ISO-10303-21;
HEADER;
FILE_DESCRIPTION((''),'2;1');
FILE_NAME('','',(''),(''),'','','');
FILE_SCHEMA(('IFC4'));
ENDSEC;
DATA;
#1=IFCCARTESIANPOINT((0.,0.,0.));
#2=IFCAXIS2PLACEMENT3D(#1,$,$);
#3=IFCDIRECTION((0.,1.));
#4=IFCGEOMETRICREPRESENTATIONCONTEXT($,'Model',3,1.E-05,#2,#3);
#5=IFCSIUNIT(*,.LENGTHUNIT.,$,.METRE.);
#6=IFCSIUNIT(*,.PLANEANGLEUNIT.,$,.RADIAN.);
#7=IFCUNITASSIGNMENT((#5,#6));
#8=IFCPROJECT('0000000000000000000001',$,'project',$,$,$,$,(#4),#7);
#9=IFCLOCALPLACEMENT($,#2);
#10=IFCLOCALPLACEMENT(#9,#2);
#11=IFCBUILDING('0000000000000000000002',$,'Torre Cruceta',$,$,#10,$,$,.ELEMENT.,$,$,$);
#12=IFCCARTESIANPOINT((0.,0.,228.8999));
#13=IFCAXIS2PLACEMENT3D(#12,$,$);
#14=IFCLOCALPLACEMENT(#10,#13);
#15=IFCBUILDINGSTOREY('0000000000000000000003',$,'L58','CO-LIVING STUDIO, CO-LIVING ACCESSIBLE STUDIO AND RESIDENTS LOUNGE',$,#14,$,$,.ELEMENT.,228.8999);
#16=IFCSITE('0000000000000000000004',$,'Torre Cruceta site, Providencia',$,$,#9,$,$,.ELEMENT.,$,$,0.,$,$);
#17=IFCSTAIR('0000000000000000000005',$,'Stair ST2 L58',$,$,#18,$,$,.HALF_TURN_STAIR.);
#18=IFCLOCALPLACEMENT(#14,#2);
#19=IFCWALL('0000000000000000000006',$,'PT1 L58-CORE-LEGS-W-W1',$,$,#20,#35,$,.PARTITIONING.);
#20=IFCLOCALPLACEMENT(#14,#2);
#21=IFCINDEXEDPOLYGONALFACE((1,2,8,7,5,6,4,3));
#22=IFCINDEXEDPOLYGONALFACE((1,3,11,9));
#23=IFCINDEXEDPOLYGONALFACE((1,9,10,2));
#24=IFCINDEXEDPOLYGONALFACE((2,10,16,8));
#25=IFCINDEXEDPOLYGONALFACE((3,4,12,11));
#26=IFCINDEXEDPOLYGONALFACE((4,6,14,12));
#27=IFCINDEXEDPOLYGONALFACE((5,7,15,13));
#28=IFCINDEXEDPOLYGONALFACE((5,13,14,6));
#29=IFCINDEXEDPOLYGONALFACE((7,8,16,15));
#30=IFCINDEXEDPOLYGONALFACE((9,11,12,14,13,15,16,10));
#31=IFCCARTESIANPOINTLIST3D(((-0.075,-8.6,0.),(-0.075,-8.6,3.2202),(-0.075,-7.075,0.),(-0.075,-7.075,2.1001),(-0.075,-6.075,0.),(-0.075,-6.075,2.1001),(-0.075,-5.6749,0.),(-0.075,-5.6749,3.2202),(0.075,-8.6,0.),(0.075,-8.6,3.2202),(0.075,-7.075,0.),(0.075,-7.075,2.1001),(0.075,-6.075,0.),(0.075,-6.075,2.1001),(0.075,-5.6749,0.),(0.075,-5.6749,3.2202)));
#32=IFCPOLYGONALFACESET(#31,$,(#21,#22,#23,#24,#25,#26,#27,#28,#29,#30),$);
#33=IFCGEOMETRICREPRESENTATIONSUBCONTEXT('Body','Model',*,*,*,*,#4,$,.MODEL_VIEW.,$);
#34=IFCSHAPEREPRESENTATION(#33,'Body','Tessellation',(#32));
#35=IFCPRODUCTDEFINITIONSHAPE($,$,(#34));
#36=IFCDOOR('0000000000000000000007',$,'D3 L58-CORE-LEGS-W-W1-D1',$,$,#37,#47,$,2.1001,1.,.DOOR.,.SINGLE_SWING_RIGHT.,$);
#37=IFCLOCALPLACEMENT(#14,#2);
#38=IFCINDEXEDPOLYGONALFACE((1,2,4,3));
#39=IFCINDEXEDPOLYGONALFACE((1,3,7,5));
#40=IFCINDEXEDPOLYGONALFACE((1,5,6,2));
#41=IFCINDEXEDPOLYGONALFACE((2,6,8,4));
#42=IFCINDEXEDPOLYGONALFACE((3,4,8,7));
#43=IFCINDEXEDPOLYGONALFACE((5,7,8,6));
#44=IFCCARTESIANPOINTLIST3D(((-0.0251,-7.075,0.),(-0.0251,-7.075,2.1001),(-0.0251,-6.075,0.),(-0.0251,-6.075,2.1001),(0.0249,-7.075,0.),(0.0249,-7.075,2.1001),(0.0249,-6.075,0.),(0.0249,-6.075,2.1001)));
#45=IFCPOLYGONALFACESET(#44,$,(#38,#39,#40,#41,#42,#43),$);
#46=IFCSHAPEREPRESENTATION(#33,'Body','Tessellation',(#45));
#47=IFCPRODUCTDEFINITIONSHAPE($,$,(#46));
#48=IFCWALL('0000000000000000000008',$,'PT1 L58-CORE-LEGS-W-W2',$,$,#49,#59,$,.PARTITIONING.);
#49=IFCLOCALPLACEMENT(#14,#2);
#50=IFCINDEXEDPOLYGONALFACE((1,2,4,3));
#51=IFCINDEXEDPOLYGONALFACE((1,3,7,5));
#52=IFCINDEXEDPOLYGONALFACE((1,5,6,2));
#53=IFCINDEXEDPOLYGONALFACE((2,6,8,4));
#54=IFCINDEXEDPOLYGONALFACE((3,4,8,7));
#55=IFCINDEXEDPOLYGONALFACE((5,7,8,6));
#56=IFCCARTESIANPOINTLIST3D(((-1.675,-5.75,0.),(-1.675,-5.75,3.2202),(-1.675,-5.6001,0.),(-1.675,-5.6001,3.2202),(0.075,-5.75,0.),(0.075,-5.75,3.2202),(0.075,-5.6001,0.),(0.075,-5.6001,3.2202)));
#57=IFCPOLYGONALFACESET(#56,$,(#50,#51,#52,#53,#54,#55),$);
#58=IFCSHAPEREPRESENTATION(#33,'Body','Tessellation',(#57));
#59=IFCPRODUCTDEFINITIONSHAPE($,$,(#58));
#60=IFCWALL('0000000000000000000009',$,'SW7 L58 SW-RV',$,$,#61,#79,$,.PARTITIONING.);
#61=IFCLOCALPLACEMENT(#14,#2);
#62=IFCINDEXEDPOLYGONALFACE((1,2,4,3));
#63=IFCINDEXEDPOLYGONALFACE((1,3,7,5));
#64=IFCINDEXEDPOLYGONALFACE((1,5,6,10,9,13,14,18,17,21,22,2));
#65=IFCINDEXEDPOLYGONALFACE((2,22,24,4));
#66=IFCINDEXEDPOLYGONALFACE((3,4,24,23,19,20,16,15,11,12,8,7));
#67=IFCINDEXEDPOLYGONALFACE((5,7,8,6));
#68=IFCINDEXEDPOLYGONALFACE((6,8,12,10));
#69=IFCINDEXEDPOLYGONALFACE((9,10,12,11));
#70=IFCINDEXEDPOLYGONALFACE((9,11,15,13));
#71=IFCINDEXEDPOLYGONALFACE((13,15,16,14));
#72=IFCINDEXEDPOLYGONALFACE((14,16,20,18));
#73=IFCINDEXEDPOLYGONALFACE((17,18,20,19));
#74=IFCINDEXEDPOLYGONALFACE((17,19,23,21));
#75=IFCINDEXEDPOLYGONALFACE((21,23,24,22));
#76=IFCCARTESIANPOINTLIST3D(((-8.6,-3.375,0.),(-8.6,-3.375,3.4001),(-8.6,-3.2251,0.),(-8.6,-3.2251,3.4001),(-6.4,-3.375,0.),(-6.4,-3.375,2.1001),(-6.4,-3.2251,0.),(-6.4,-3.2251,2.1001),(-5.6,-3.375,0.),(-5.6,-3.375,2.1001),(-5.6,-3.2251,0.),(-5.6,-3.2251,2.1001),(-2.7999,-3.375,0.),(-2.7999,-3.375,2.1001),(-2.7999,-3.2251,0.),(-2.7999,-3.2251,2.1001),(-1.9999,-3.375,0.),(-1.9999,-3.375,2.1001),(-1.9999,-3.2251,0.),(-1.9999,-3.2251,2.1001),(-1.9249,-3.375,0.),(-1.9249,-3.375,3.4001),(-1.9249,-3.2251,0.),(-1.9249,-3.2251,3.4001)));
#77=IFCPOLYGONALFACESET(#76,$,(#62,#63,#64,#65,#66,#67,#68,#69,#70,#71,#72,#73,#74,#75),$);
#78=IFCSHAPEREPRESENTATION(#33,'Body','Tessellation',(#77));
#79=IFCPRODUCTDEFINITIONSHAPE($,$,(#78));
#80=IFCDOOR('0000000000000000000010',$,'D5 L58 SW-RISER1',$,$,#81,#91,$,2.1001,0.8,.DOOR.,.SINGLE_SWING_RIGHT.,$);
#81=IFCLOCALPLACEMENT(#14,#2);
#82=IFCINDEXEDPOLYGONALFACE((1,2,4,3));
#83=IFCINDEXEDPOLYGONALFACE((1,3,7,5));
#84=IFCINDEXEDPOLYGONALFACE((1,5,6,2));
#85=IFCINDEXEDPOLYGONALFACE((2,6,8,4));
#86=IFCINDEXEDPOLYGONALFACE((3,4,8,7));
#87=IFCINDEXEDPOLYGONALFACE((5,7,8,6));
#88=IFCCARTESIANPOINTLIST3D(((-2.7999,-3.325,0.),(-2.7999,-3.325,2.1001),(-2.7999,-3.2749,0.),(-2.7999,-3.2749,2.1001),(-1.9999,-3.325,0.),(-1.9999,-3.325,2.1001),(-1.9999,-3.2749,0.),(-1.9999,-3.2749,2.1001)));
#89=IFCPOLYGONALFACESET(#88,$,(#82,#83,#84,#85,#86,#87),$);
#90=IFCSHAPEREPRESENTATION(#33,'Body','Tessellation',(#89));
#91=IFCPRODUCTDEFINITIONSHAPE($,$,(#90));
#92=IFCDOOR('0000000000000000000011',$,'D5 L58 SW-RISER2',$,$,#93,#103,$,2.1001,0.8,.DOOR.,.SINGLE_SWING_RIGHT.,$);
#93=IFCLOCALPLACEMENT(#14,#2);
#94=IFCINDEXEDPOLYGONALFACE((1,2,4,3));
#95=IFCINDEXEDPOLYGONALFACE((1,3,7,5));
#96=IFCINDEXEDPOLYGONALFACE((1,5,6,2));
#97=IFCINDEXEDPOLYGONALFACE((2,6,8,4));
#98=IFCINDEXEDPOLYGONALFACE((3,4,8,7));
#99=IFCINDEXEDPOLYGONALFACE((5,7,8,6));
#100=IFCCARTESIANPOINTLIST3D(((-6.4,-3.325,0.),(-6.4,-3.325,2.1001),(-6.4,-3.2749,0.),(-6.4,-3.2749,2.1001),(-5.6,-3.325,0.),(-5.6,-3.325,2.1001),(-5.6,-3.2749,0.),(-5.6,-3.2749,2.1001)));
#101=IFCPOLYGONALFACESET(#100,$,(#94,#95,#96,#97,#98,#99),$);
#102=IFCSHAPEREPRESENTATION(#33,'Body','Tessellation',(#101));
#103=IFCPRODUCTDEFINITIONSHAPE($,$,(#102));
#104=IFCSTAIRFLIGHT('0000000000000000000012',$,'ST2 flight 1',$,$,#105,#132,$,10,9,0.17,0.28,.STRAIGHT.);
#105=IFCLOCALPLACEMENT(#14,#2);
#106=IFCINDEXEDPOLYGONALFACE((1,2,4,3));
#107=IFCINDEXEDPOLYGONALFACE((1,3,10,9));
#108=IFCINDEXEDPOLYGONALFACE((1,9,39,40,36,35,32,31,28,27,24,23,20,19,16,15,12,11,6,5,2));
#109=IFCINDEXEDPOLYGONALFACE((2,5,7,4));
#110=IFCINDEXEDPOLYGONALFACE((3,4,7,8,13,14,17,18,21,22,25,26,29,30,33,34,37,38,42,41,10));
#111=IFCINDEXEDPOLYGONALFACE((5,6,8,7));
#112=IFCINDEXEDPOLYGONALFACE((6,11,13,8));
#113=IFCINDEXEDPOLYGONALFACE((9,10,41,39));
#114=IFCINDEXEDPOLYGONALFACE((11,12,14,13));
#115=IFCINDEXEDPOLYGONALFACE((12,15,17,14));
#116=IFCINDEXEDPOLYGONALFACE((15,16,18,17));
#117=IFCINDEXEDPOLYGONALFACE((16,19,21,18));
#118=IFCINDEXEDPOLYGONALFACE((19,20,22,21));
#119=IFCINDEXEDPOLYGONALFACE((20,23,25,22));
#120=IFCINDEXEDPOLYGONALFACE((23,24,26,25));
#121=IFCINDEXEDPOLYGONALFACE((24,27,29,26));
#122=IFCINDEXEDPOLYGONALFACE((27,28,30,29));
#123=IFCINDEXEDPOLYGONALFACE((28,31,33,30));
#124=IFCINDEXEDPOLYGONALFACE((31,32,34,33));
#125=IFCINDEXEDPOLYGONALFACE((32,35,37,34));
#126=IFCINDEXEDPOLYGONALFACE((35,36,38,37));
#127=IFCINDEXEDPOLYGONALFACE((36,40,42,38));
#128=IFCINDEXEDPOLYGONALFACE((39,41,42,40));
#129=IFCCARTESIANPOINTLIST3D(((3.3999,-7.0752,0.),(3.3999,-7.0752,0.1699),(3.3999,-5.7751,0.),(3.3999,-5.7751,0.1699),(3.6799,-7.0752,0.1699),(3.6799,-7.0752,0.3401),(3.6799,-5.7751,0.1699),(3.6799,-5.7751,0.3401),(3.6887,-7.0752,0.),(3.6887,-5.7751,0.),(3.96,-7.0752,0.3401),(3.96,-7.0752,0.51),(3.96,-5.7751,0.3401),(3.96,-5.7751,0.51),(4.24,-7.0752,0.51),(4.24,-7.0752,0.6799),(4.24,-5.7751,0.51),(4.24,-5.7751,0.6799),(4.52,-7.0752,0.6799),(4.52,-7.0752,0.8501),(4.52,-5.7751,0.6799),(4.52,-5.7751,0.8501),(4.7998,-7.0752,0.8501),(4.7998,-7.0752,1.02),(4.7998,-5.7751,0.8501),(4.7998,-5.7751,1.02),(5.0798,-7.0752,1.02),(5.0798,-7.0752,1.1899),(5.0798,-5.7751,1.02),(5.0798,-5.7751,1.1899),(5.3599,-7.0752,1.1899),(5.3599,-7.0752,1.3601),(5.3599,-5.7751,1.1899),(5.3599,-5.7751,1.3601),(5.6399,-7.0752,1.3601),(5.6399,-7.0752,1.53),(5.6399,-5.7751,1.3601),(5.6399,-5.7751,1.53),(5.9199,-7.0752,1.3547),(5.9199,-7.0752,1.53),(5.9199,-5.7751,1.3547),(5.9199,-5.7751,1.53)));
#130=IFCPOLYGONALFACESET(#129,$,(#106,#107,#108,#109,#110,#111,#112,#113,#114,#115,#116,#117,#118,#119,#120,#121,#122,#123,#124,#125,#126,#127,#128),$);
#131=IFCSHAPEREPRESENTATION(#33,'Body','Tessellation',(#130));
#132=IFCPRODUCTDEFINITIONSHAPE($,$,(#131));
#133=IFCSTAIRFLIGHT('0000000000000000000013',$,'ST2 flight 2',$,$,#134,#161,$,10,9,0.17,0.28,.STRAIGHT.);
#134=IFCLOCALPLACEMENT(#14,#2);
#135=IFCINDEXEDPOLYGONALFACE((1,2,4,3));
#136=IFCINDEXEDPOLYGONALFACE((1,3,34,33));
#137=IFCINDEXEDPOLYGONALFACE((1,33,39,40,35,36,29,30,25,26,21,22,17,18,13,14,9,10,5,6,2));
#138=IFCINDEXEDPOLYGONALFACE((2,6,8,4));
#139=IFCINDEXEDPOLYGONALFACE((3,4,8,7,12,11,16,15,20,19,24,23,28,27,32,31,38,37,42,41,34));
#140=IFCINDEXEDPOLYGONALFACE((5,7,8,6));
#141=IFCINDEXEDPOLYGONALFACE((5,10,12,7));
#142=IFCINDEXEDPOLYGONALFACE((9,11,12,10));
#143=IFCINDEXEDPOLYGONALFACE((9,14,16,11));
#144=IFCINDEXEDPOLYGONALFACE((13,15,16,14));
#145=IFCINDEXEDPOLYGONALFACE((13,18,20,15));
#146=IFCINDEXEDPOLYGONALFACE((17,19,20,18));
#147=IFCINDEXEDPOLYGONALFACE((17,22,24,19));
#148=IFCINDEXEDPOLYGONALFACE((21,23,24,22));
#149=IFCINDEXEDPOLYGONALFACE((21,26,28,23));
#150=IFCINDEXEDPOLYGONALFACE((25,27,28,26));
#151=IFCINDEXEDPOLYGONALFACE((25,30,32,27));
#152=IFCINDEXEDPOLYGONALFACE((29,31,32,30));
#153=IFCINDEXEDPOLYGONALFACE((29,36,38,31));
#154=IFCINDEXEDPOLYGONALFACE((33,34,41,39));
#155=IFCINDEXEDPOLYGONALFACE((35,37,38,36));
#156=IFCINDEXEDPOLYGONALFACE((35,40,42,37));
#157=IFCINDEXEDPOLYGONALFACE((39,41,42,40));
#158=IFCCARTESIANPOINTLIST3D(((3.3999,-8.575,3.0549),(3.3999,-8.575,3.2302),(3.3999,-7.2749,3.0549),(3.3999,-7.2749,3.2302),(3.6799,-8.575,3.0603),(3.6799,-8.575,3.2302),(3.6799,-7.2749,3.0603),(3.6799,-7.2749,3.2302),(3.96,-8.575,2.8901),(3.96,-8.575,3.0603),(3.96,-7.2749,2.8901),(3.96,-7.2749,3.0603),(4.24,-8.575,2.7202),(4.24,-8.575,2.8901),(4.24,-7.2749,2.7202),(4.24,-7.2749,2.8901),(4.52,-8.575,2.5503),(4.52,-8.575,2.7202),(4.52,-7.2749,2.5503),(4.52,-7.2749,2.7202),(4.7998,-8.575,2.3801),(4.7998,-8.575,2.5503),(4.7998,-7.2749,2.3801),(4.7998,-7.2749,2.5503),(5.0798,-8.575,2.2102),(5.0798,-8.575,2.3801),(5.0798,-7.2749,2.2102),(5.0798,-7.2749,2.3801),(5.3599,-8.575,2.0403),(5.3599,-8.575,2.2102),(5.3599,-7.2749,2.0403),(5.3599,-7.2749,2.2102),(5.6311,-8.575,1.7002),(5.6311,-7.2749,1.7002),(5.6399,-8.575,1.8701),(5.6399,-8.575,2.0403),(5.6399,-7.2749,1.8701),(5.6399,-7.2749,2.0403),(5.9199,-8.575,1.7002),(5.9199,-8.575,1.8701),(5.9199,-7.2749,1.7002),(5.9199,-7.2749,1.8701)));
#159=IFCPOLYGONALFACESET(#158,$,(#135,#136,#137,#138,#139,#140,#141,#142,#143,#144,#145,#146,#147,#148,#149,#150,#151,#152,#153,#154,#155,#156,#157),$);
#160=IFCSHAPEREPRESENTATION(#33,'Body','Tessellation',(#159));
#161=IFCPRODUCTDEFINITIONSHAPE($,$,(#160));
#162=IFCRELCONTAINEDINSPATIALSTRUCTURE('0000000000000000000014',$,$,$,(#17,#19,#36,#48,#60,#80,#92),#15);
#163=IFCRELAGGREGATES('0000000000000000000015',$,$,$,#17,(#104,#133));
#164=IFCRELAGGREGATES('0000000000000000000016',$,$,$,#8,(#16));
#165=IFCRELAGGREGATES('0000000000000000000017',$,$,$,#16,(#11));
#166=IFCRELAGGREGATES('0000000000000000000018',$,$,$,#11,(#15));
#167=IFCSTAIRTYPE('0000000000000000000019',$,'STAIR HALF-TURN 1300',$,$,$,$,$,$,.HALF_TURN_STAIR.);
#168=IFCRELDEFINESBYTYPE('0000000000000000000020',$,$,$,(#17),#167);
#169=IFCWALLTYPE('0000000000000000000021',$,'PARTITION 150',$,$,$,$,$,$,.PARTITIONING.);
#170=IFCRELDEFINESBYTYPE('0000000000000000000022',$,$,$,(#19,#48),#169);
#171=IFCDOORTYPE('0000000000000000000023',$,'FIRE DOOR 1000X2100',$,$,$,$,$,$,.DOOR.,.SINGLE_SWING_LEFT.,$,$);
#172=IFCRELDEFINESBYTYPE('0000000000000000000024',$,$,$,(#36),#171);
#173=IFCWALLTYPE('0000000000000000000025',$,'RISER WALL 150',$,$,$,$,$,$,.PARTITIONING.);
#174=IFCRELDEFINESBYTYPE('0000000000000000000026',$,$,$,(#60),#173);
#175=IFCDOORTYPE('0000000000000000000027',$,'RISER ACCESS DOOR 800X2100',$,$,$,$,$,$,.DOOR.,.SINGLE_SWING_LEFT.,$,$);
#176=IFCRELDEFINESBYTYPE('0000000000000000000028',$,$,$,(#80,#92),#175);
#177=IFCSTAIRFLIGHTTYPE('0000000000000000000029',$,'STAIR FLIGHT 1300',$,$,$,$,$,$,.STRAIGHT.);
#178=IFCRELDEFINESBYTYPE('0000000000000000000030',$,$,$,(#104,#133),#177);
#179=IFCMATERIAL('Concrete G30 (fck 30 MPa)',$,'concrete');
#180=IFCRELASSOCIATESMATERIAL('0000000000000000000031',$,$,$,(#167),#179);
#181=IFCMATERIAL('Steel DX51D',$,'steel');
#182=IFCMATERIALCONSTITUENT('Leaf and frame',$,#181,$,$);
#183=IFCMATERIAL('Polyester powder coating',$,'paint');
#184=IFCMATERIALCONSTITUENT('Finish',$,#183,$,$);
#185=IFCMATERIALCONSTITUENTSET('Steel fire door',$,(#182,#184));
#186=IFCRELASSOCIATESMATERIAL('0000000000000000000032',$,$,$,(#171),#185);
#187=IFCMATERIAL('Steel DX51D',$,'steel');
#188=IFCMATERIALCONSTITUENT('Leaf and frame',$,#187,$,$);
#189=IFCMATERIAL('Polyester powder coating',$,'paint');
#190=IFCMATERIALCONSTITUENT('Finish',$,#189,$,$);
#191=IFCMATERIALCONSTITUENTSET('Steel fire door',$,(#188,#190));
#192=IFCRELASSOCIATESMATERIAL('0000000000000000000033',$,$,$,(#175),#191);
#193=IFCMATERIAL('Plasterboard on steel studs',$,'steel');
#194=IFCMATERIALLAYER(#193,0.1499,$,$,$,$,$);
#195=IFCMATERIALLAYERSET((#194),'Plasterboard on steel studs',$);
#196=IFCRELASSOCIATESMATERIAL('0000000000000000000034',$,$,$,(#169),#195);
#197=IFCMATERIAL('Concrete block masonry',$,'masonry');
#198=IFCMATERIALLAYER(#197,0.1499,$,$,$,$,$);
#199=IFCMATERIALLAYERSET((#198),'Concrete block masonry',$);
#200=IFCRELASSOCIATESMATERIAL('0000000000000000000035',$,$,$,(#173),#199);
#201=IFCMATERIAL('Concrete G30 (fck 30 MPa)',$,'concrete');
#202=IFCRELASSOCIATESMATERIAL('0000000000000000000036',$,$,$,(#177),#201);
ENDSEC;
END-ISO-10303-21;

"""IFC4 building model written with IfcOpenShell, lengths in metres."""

from ifc_helpers import new_model, si_unit, direction, frame, frame_2d, origin, place, context, subcontext, project, spatial, polyline, rectangle, outline, extrude, material, layer, layer_set, constituent, constituent_set, type_object, element, fill, aggregate, save


model = new_model("IFC4")

# Units and contexts
model_context = context("Model", 3, precision=1e-05, world=origin(), true_north=direction((0.0, 1.0)))
body_context = subcontext(model_context, "Body", "Model", "MODEL_VIEW")
ifc_project = project(units=[si_unit("LENGTHUNIT", "METRE"), si_unit("PLANEANGLEUNIT", "RADIAN")], contexts=[model_context])

# Site, building, storey
site_placement = place(None, origin())
site = spatial("IfcSite", under=ifc_project, at=site_placement, Name="Torre Cruceta site, Providencia", CompositionType="ELEMENT", RefElevation=0.0)
building_placement = place(site_placement, origin())
building = spatial("IfcBuilding", under=site, at=building_placement, Name="Torre Cruceta", CompositionType="ELEMENT")
storey_placement = place(building_placement, frame((0.0, 0.0, 228.8999)))
storey = spatial("IfcBuildingStorey", under=building, at=storey_placement, Name="L58", Description="CO-LIVING STUDIO, CO-LIVING ACCESSIBLE STUDIO AND RESIDENTS LOUNGE", CompositionType="ELEMENT", Elevation=228.8999)

# Stair
ifc_material_1 = material(Name="Concrete G30 (fck 30 MPa)", Category="concrete")
stair_type = type_object("IfcStairType", Name="STAIR HALF-TURN 1300", PredefinedType="HALF_TURN_STAIR", material=ifc_material_1)
stair_1_placement = place(storey_placement, origin())
stair_1 = element("IfcStair", 1, at=stair_1_placement, inside=storey, type_object=stair_type, Name="Stair ST2 L58", PredefinedType="HALF_TURN_STAIR")

# Shared definitions
ifc_material_2 = material(Name="Steel DX51D", Category="steel")
ifc_constituent_1 = constituent(ifc_material_2, Name="Leaf and frame")
ifc_material_3 = material(Name="Polyester powder coating", Category="paint")
ifc_constituent_2 = constituent(ifc_material_3, Name="Finish")
ifc_constituent_set_1 = constituent_set(constituents=[ifc_constituent_1, ifc_constituent_2], Name="Steel fire door")
door_type_1 = type_object("IfcDoorType", Name="FIRE DOOR 1000X2100", OperationType="SINGLE_SWING_LEFT", PredefinedType="DOOR", material=ifc_constituent_set_1)

# Shared definitions
ifc_material_4 = material(Name="Steel DX51D", Category="steel")
ifc_constituent_3 = constituent(ifc_material_4, Name="Leaf and frame")
ifc_material_5 = material(Name="Polyester powder coating", Category="paint")
ifc_constituent_4 = constituent(ifc_material_5, Name="Finish")
ifc_constituent_set_2 = constituent_set(constituents=[ifc_constituent_3, ifc_constituent_4], Name="Steel fire door")
door_type_2 = type_object("IfcDoorType", Name="RISER ACCESS DOOR 800X2100", OperationType="SINGLE_SWING_LEFT", PredefinedType="DOOR", material=ifc_constituent_set_2)

# Wall, opening, door
ifc_material_6 = material(Name="Plasterboard on steel studs", Category="steel")
ifc_layer_1 = layer(ifc_material_6, 0.1499)
ifc_layer_set_1 = layer_set([ifc_layer_1], Name="Plasterboard on steel studs")
wall_type_1 = type_object("IfcWallType", Name="PARTITION 150", PredefinedType="PARTITIONING", material=ifc_layer_set_1)
wall_1_placement = place(storey_placement, frame((0.0, -5.675, 0.0), z_axis=(0.0, 0.0, 1.0), x_axis=(0.0, -1.0, 0.0)))
wall_1 = element("IfcWall", 2, at=wall_1_placement, inside=storey, type_object=wall_type_1, Name="PT1 L58-CORE-LEGS-W-W1", PredefinedType="PARTITIONING", context=body_context, shape_type="SweptSolid", body=[
    extrude(rectangle(XDim=2.925, YDim=0.1499, at=frame_2d((1.4624, 0.0))), origin(), (0.0, 0.0, 1.0), 3.2202),
])
opening_1_placement = place(wall_1_placement, frame((0.3999, 0.0, 0.0)))
opening_1 = element("IfcOpeningElement", 3, at=opening_1_placement, cuts=wall_1, PredefinedType="OPENING", context=body_context, shape_type="SweptSolid", body=[
    extrude(rectangle(XDim=1.0, YDim=2.1001, at=frame_2d((0.5, 1.05))), frame((0.0, 0.085, 0.0), z_axis=(0.0, -1.0, 0.0), x_axis=(1.0, 0.0, 0.0)), (0.0, 0.0, 1.0), 0.1699),
])
door_1_placement = place(opening_1_placement, frame((1.0, 0.0, 0.0), z_axis=(0.0, 0.0, 1.0), x_axis=(-1.0, 0.0, 0.0)))
door_1 = element("IfcDoor", 4, at=door_1_placement, inside=storey, type_object=door_type_1, Name="D3 L58-CORE-LEGS-W-W1-D1", OperationType="SINGLE_SWING_RIGHT", OverallHeight=2.1001, OverallWidth=1.0, PredefinedType="DOOR", context=body_context, shape_type="SweptSolid", body=[
    extrude(rectangle(XDim=1.0, YDim=2.1001, at=frame_2d((0.5, 1.05))), frame((0.0, 0.0251, 0.0), z_axis=(0.0, -1.0, 0.0), x_axis=(1.0, 0.0, 0.0)), (0.0, 0.0, 1.0), 0.05),
])
fill(opening_1, door_1)

# Wall
wall_2_placement = place(storey_placement, frame((-1.675, -5.675, 0.0), z_axis=(0.0, 0.0, 1.0), x_axis=(1.0, 0.0, 0.0)))
element("IfcWall", 5, at=wall_2_placement, inside=storey, type_object=wall_type_1, Name="PT1 L58-CORE-LEGS-W-W2", PredefinedType="PARTITIONING", context=body_context, shape_type="SweptSolid", body=[
    extrude(rectangle(XDim=1.75, YDim=0.1499, at=frame_2d((0.875, 0.0))), origin(), (0.0, 0.0, 1.0), 3.2202),
])

# Wall, openings, doors
ifc_material_7 = material(Name="Concrete block masonry", Category="masonry")
ifc_layer_2 = layer(ifc_material_7, 0.1499)
ifc_layer_set_2 = layer_set([ifc_layer_2], Name="Concrete block masonry")
wall_type_2 = type_object("IfcWallType", Name="RISER WALL 150", PredefinedType="PARTITIONING", material=ifc_layer_set_2)
wall_3_placement = place(storey_placement, frame((-1.925, -3.3, 0.0), z_axis=(0.0, 0.0, 1.0), x_axis=(-1.0, 0.0, 0.0)))
wall_3 = element("IfcWall", 6, at=wall_3_placement, inside=storey, type_object=wall_type_2, Name="SW7 L58 SW-RV", PredefinedType="PARTITIONING", context=body_context, shape_type="SweptSolid", body=[
    extrude(rectangle(XDim=6.675, YDim=0.1499, at=frame_2d((3.3374, 0.0))), origin(), (0.0, 0.0, 1.0), 3.4001),
])
opening_2_placement = place(wall_3_placement, frame((0.075, 0.0, 0.0)))
opening_2 = element("IfcOpeningElement", 7, at=opening_2_placement, cuts=wall_3, PredefinedType="OPENING", context=body_context, shape_type="SweptSolid", body=[
    extrude(rectangle(XDim=0.8, YDim=2.1001, at=frame_2d((0.3999, 1.05))), frame((0.0, 0.085, 0.0), z_axis=(0.0, -1.0, 0.0), x_axis=(1.0, 0.0, 0.0)), (0.0, 0.0, 1.0), 0.1699),
])
opening_3_placement = place(wall_3_placement, frame((3.675, 0.0, 0.0)))
opening_3 = element("IfcOpeningElement", 8, at=opening_3_placement, cuts=wall_3, PredefinedType="OPENING", context=body_context, shape_type="SweptSolid", body=[
    extrude(rectangle(XDim=0.8, YDim=2.1001, at=frame_2d((0.3999, 1.05))), frame((0.0, 0.085, 0.0), z_axis=(0.0, -1.0, 0.0), x_axis=(1.0, 0.0, 0.0)), (0.0, 0.0, 1.0), 0.1699),
])
door_2_placement = place(opening_2_placement, frame((0.8, 0.0, 0.0), z_axis=(0.0, 0.0, 1.0), x_axis=(-1.0, 0.0, 0.0)))
door_2 = element("IfcDoor", 9, at=door_2_placement, inside=storey, type_object=door_type_2, Name="D5 L58 SW-RISER1", OperationType="SINGLE_SWING_RIGHT", OverallHeight=2.1001, OverallWidth=0.8, PredefinedType="DOOR", context=body_context, shape_type="SweptSolid", body=[
    extrude(rectangle(XDim=0.8, YDim=2.1001, at=frame_2d((0.4001, 1.05))), frame((0.0, 0.0251, 0.0), z_axis=(0.0, -1.0, 0.0), x_axis=(1.0, 0.0, 0.0)), (0.0, 0.0, 1.0), 0.05),
])
fill(opening_2, door_2)
door_3_placement = place(opening_3_placement, frame((0.8, 0.0, 0.0), z_axis=(0.0, 0.0, 1.0), x_axis=(-1.0, 0.0, 0.0)))
door_3 = element("IfcDoor", 10, at=door_3_placement, inside=storey, type_object=door_type_2, Name="D5 L58 SW-RISER2", OperationType="SINGLE_SWING_RIGHT", OverallHeight=2.1001, OverallWidth=0.8, PredefinedType="DOOR", context=body_context, shape_type="SweptSolid", body=[
    extrude(rectangle(XDim=0.8, YDim=2.1001, at=frame_2d((0.4001, 1.05))), frame((0.0, 0.0251, 0.0), z_axis=(0.0, -1.0, 0.0), x_axis=(1.0, 0.0, 0.0)), (0.0, 0.0, 1.0), 0.05),
])
fill(opening_3, door_3)

# Stair flights
ifc_material_8 = material(Name="Concrete G30 (fck 30 MPa)", Category="concrete")
stair_flight_type = type_object("IfcStairFlightType", Name="STAIR FLIGHT 1300", PredefinedType="STRAIGHT", material=ifc_material_8)
stair_flight_1_placement = place(storey_placement, frame((3.3999, -6.425, 0.0), z_axis=(0.0, 0.0, 1.0), x_axis=(1.0, 0.0, 0.0)))
stair_flight_1 = element("IfcStairFlight", 11, at=stair_flight_1_placement, type_object=stair_flight_type, Name="ST2 flight 1", NumberOfRisers=10, NumberOfTreads=9, PredefinedType="STRAIGHT", RiserHeight=0.17, TreadLength=0.28, context=body_context, shape_type="SweptSolid", body=[
    extrude(outline(polyline([(0.0, 0.0), (0.0, 0.1699), (0.28, 0.1699), (0.28, 0.3401), (0.5601, 0.3401), (0.5601, 0.51), (0.8401, 0.51), (0.8401, 0.6799), (1.1201, 0.6799), (1.1201, 0.8501), (1.3999, 0.8501), (1.3999, 1.02), (1.6799, 1.02), (1.6799, 1.1899), (1.96, 1.1899), (1.96, 1.3601), (2.24, 1.3601), (2.24, 1.53), (2.52, 1.53), (2.52, 1.7), (2.52, 1.3547), (0.2888, 0.0), (0.0, 0.0)])), frame((0.0, 0.6499, 0.0), z_axis=(0.0, -1.0, 0.0), x_axis=(1.0, 0.0, 0.0)), (0.0, 0.0, 1.0), 1.3),
])
stair_flight_2_placement = place(storey_placement, frame((5.9199, -7.925, 1.7002), z_axis=(0.0, 0.0, 1.0), x_axis=(-1.0, 0.0, 0.0)))
stair_flight_2 = element("IfcStairFlight", 12, at=stair_flight_2_placement, type_object=stair_flight_type, Name="ST2 flight 2", NumberOfRisers=10, NumberOfTreads=9, PredefinedType="STRAIGHT", RiserHeight=0.17, TreadLength=0.28, context=body_context, shape_type="SweptSolid", body=[
    extrude(outline(polyline([(0.0, 0.0), (0.0, 0.1699), (0.28, 0.1699), (0.28, 0.3401), (0.5601, 0.3401), (0.5601, 0.51), (0.8401, 0.51), (0.8401, 0.6799), (1.1201, 0.6799), (1.1201, 0.8501), (1.3999, 0.8501), (1.3999, 1.02), (1.6799, 1.02), (1.6799, 1.1899), (1.96, 1.1899), (1.96, 1.3601), (2.24, 1.3601), (2.24, 1.53), (2.52, 1.53), (2.52, 1.7), (2.52, 1.3547), (0.2888, 0.0), (0.0, 0.0)])), frame((0.0, 0.6499, 0.0), z_axis=(0.0, -1.0, 0.0), x_axis=(1.0, 0.0, 0.0)), (0.0, 0.0, 1.0), 1.3),
])
aggregate(stair_1, [stair_flight_1, stair_flight_2])

save(model, "model.ifc")
